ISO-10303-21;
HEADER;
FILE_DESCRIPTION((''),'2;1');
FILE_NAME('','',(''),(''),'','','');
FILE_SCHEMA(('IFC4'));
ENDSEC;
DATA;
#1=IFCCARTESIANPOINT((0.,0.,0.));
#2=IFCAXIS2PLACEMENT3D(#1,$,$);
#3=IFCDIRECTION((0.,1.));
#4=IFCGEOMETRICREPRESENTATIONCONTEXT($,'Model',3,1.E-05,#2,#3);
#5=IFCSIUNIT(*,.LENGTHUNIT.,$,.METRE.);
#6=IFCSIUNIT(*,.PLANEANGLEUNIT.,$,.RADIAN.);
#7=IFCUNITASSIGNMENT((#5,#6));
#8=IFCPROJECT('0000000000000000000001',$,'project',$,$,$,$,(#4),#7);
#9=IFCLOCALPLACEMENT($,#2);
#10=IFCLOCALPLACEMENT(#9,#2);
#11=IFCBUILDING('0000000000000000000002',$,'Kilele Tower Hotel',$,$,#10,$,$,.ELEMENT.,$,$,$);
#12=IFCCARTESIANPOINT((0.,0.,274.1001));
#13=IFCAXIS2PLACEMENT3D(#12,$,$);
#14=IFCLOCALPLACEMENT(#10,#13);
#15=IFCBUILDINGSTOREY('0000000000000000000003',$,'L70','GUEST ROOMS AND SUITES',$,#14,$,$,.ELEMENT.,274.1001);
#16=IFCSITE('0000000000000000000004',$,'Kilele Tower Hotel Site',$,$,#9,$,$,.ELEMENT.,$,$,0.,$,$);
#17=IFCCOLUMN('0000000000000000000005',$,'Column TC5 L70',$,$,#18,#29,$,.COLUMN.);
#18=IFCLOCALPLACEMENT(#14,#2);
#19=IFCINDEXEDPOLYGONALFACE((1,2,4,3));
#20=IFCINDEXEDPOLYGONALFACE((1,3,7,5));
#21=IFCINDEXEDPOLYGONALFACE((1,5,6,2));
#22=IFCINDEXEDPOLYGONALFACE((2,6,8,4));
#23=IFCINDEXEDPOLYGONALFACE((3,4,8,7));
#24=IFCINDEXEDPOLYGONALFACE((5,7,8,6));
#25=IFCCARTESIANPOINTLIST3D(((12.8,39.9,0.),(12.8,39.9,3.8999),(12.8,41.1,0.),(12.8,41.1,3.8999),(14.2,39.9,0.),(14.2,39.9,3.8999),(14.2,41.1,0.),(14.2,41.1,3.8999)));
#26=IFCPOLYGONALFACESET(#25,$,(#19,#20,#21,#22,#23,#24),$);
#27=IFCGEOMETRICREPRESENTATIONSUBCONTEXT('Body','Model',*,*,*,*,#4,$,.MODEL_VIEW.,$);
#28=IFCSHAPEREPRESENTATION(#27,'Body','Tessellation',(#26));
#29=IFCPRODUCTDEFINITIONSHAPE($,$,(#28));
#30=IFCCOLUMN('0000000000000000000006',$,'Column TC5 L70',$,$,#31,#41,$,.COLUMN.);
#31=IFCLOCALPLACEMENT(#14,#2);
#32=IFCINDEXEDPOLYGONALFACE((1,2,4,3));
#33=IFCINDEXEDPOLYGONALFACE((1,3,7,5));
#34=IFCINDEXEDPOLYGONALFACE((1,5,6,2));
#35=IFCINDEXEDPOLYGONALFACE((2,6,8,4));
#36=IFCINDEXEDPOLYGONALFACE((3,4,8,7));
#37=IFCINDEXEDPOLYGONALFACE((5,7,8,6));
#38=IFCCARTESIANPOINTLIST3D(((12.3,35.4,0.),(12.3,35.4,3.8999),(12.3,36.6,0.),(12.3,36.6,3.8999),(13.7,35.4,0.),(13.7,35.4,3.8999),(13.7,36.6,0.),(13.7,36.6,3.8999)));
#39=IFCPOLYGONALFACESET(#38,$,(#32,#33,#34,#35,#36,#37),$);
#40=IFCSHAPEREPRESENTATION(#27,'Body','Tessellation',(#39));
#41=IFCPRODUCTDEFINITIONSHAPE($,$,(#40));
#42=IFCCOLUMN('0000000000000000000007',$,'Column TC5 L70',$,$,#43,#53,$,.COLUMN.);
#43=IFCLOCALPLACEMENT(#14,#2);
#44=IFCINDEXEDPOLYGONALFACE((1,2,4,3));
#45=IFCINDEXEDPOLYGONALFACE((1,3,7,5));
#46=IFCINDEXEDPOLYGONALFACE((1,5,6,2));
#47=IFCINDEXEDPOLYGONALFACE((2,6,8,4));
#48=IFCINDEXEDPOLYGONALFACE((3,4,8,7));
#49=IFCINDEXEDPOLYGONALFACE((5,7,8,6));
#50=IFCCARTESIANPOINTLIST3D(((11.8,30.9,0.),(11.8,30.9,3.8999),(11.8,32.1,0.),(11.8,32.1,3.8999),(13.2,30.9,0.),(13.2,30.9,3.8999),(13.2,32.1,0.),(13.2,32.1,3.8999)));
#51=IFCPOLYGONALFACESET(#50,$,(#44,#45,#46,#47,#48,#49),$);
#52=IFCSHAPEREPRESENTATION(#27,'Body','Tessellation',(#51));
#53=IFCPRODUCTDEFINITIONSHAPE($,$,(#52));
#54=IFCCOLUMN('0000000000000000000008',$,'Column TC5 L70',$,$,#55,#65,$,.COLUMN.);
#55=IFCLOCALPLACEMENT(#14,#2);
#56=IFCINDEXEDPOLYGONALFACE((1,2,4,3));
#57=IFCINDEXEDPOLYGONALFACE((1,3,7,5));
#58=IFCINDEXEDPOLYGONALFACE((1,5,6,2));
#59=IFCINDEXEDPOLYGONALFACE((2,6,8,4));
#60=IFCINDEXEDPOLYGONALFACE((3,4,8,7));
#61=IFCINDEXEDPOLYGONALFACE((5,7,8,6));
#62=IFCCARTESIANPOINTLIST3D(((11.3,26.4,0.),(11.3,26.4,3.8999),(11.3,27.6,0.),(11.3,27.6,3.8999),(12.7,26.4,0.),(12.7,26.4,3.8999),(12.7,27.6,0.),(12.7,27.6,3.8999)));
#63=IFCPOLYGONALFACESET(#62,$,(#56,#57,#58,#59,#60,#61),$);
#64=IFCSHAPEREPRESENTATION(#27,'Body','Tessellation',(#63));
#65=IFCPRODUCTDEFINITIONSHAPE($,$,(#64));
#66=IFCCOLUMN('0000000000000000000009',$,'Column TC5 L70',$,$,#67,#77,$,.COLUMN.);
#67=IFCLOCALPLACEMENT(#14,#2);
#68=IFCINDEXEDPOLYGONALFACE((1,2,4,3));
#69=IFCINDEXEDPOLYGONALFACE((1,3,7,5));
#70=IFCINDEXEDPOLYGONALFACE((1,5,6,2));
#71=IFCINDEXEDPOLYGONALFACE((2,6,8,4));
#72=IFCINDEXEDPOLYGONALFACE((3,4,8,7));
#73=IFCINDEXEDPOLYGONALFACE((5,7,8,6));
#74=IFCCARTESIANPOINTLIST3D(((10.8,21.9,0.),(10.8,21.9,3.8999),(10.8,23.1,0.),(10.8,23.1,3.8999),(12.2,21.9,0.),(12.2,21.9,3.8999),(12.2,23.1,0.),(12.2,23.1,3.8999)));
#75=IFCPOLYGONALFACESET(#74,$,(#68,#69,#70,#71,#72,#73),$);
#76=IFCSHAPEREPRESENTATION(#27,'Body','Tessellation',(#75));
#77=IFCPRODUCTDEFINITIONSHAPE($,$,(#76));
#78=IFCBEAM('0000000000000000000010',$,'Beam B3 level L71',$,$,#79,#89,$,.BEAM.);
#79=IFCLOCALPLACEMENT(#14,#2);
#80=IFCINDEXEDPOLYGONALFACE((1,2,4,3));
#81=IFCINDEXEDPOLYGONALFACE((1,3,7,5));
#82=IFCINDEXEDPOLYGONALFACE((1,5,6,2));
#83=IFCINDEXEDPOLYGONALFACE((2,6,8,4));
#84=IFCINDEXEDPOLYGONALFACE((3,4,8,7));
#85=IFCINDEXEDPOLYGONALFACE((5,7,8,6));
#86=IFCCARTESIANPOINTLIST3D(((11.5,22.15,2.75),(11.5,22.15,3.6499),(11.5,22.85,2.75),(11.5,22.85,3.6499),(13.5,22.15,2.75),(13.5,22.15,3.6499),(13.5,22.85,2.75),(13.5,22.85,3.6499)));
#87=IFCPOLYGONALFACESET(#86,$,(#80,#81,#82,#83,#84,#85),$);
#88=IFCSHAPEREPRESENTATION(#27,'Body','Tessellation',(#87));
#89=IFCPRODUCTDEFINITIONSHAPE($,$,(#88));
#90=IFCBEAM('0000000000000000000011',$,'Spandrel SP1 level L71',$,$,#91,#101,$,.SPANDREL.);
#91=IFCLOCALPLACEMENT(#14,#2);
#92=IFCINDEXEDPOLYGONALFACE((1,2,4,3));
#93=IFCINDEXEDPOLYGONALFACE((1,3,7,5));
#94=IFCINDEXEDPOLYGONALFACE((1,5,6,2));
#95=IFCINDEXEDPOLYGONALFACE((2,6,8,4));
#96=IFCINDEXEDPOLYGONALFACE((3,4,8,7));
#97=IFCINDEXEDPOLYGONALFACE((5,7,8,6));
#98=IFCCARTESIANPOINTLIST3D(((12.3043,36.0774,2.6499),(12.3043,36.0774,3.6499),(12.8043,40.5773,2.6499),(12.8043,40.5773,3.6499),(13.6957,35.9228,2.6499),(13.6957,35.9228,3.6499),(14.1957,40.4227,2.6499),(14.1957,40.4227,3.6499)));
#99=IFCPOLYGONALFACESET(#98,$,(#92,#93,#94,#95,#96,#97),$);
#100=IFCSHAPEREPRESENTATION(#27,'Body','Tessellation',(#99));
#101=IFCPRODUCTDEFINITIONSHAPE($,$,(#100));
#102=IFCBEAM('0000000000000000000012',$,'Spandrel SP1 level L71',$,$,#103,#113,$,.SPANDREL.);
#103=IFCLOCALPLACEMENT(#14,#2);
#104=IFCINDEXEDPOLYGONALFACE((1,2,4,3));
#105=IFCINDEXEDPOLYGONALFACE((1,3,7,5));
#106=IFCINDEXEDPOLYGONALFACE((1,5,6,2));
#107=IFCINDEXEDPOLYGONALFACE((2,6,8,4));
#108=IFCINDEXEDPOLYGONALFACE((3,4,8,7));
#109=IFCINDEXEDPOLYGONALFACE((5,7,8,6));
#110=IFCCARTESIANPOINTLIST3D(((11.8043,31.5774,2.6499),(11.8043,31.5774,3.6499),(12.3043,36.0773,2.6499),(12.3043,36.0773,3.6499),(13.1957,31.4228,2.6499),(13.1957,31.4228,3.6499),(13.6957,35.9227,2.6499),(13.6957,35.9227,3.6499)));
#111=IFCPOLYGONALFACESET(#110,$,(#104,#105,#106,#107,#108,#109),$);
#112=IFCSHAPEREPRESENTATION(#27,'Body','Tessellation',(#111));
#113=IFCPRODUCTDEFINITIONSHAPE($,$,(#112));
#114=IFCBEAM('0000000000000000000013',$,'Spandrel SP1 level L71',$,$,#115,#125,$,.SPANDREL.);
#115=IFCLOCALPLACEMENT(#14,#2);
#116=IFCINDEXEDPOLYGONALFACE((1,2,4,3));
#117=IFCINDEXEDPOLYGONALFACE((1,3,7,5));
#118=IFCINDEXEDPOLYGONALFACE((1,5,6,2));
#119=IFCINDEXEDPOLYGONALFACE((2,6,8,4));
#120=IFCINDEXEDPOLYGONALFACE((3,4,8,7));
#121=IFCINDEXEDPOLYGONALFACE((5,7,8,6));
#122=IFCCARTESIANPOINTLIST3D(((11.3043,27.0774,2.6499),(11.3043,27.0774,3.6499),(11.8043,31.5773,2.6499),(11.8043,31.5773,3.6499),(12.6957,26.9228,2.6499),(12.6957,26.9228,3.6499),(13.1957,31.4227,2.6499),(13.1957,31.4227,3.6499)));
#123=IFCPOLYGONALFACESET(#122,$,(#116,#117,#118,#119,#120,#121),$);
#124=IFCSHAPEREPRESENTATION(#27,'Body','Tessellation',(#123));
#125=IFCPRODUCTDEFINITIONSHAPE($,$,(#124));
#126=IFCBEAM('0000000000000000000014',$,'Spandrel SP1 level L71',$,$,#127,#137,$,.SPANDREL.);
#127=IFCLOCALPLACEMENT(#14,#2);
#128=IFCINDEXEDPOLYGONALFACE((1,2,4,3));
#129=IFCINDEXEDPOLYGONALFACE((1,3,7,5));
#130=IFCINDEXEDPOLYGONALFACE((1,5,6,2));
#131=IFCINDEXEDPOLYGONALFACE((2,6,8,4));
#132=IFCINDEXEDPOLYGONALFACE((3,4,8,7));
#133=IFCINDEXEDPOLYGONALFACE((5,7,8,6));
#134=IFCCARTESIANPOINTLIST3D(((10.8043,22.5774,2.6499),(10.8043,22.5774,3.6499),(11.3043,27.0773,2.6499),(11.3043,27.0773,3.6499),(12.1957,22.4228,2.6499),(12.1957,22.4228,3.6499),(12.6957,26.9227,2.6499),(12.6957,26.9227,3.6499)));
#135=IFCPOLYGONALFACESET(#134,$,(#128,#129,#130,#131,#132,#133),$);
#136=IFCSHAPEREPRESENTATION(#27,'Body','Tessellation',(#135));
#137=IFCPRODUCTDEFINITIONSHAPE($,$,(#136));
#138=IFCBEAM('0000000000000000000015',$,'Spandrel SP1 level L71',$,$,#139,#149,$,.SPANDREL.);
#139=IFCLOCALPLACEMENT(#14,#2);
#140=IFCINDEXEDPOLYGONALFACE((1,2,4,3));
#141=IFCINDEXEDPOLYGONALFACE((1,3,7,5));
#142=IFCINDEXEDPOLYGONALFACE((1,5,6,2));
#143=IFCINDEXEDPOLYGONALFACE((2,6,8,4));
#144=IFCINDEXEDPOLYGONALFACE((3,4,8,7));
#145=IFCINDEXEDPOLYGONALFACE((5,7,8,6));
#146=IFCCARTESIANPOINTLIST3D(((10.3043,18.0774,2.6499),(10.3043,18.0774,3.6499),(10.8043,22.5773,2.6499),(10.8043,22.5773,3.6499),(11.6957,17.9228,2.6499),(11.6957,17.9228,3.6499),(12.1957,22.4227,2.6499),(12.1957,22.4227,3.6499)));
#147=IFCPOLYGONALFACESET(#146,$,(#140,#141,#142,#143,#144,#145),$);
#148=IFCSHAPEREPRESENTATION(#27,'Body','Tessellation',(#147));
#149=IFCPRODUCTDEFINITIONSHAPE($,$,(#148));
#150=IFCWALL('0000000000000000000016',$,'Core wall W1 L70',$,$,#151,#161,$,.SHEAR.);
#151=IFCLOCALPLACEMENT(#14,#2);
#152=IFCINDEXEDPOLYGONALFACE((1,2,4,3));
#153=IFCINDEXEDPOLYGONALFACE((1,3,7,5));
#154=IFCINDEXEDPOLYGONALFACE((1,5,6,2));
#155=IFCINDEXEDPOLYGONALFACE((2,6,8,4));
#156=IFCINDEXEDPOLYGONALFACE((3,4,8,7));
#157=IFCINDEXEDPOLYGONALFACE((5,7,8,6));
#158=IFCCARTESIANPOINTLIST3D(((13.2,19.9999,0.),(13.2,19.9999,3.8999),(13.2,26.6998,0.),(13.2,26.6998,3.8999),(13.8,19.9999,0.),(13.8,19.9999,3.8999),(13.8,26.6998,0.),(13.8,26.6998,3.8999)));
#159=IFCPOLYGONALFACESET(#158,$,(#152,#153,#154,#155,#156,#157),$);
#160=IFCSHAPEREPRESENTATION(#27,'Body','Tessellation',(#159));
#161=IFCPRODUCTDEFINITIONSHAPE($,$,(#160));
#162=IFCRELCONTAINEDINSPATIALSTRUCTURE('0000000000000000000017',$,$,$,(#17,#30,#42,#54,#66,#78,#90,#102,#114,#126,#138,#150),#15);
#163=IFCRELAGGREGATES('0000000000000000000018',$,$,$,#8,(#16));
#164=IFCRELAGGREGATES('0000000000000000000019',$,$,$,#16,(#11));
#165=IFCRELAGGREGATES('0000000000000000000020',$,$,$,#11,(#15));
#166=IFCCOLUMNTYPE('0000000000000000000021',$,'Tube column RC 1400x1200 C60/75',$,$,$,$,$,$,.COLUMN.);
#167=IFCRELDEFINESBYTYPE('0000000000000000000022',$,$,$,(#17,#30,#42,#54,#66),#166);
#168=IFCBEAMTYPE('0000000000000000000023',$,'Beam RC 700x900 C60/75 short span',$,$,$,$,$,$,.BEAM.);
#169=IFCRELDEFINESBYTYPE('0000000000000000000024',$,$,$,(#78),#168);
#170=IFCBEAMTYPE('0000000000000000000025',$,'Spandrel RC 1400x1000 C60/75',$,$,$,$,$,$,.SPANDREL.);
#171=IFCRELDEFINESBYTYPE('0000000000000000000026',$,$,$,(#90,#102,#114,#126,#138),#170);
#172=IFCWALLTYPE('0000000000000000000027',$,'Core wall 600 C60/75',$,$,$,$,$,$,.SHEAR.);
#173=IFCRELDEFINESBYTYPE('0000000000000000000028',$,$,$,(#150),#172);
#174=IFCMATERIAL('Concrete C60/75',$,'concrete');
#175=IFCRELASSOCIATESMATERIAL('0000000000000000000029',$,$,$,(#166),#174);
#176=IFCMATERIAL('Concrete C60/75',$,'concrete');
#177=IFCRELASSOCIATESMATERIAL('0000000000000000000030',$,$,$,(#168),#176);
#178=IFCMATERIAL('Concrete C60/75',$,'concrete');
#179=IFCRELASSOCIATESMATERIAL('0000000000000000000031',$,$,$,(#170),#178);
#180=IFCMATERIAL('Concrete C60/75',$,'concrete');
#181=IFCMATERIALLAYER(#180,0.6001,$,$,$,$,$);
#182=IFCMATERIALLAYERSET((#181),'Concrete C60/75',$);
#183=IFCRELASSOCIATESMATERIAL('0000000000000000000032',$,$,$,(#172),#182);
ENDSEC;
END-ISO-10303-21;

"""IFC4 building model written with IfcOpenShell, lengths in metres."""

from ifc_helpers import new_model, si_unit, direction, frame, frame_2d, origin, origin_2d, place, context, subcontext, project, spatial, rectangle, extrude, material, layer, layer_set, material_profile, profile_set, type_object, element, save


model = new_model("IFC4")

# Units and contexts
model_context = context("Model", 3, precision=1e-05, world=origin(), true_north=direction((0.0, 1.0)))
body_context = subcontext(model_context, "Body", "Model", "MODEL_VIEW")
ifc_project = project(units=[si_unit("LENGTHUNIT", "METRE"), si_unit("PLANEANGLEUNIT", "RADIAN")], contexts=[model_context])

# Site, building, storey
site_placement = place(None, origin())
site = spatial("IfcSite", under=ifc_project, at=site_placement, Name="Kilele Tower Hotel Site", CompositionType="ELEMENT", RefElevation=0.0)
building_placement = place(site_placement, origin())
building = spatial("IfcBuilding", under=site, at=building_placement, Name="Kilele Tower Hotel", CompositionType="ELEMENT")
storey_placement = place(building_placement, frame((0.0, 0.0, 274.1001)))
storey = spatial("IfcBuildingStorey", under=building, at=storey_placement, Name="L70", Description="GUEST ROOMS AND SUITES", CompositionType="ELEMENT", Elevation=274.1001)

# Columns
ifc_material_1 = material(Name="Concrete C60/75", Category="concrete")
ifc_material_profile_1 = material_profile(ifc_material_1, rectangle(XDim=1.3999, YDim=1.2, at=origin_2d()))
ifc_profile_set_1 = profile_set([ifc_material_profile_1], Name="Concrete C60/75")
column_type = type_object("IfcColumnType", Name="Tube column RC 1400x1200 C60/75", PredefinedType="COLUMN", material=ifc_profile_set_1)
for number, where, z_axis, x_axis, name in (
    (1, (13.5, 40.5, 0.0), (0.0, 0.0, 1.0), (1.0, 0.0, 0.0), "Column TC5 L70"),
    (2, (13.0, 36.0, 0.0), (0.0, 0.0, 1.0), (1.0, 0.0, 0.0), "Column TC5 L70"),
    (3, (12.5, 31.5, 0.0), (0.0, 0.0, 1.0), (1.0, 0.0, 0.0), "Column TC5 L70"),
    (4, (12.0, 27.0, 0.0), (0.0, 0.0, 1.0), (1.0, 0.0, 0.0), "Column TC5 L70"),
    (5, (11.5, 22.5, 0.0), (0.0, 0.0, 1.0), (1.0, 0.0, 0.0), "Column TC5 L70"),
):
    element("IfcColumn", number, at=place(storey_placement, frame(where, z_axis=z_axis, x_axis=x_axis)), inside=storey, type_object=column_type, Name=name, PredefinedType="COLUMN", context=body_context, shape_type="SweptSolid", body=[
        extrude(rectangle(XDim=1.3999, YDim=1.2, at=origin_2d()), origin(), (0.0, 0.0, 1.0), 3.8999),
    ])

# Beams
ifc_material_2 = material(Name="Concrete C60/75", Category="concrete")
ifc_material_profile_2 = material_profile(ifc_material_2, rectangle(XDim=0.7, YDim=0.8999, at=origin_2d()))
ifc_profile_set_2 = profile_set([ifc_material_profile_2], Name="Concrete C60/75")
beam_type_1 = type_object("IfcBeamType", Name="Beam RC 700x900 C60/75 short span", PredefinedType="BEAM", material=ifc_profile_set_2)
beam_placement = place(storey_placement, frame((11.5, 22.5, 3.2), z_axis=(1.0, 0.0, 0.0), x_axis=(0.0, 1.0, 0.0)))
element("IfcBeam", 6, at=beam_placement, inside=storey, type_object=beam_type_1, Name="Beam B3 level L71", PredefinedType="BEAM", context=body_context, shape_type="SweptSolid", body=[
    extrude(rectangle(XDim=0.7, YDim=0.8999, at=origin_2d()), origin(), (0.0, 0.0, 1.0), 2.0),
])
ifc_material_3 = material(Name="Concrete C60/75", Category="concrete")
ifc_material_profile_3 = material_profile(ifc_material_3, rectangle(XDim=1.3999, YDim=1.0, at=origin_2d()))
ifc_profile_set_3 = profile_set([ifc_material_profile_3], Name="Concrete C60/75")
beam_type_2 = type_object("IfcBeamType", Name="Spandrel RC 1400x1000 C60/75", PredefinedType="SPANDREL", material=ifc_profile_set_3)
for number, where, z_axis, x_axis, name in (
    (7, (13.5, 40.5, 3.1499), (-0.110432, -0.993884, 0.0), (0.993884, -0.110432, 0.0), "Spandrel SP1 level L71"),
    (8, (13.0, 36.0, 3.1499), (-0.110432, -0.993884, 0.0), (0.993884, -0.110432, 0.0), "Spandrel SP1 level L71"),
    (9, (12.5, 31.5, 3.1499), (-0.110432, -0.993884, 0.0), (0.993884, -0.110432, 0.0), "Spandrel SP1 level L71"),
    (10, (12.0, 27.0, 3.1499), (-0.110432, -0.993884, 0.0), (0.993884, -0.110432, 0.0), "Spandrel SP1 level L71"),
    (11, (11.5, 22.5, 3.1499), (-0.110432, -0.993884, 0.0), (0.993884, -0.110432, 0.0), "Spandrel SP1 level L71"),
):
    element("IfcBeam", number, at=place(storey_placement, frame(where, z_axis=z_axis, x_axis=x_axis)), inside=storey, type_object=beam_type_2, Name=name, PredefinedType="SPANDREL", context=body_context, shape_type="SweptSolid", body=[
        extrude(rectangle(XDim=1.3999, YDim=1.0, at=origin_2d()), origin(), (0.0, 0.0, 1.0), 4.5276),
    ])

# Wall
ifc_material_4 = material(Name="Concrete C60/75", Category="concrete")
ifc_layer_1 = layer(ifc_material_4, 0.6001)
ifc_layer_set_1 = layer_set([ifc_layer_1], Name="Concrete C60/75")
wall_type_1 = type_object("IfcWallType", Name="Core wall 600 C60/75", PredefinedType="SHEAR", material=ifc_layer_set_1)
wall_1_placement = place(storey_placement, frame((13.5, 26.7, 0.0), z_axis=(0.0, 0.0, 1.0), x_axis=(0.0, -1.0, 0.0)))
element("IfcWall", 12, at=wall_1_placement, inside=storey, type_object=wall_type_1, Name="Core wall W1 L70", PredefinedType="SHEAR", context=body_context, shape_type="SweptSolid", body=[
    extrude(rectangle(XDim=6.7, YDim=0.6001, at=frame_2d((3.3501, 0.0))), origin(), (0.0, 0.0, 1.0), 3.8999),
])

save(model, "model.ifc")
